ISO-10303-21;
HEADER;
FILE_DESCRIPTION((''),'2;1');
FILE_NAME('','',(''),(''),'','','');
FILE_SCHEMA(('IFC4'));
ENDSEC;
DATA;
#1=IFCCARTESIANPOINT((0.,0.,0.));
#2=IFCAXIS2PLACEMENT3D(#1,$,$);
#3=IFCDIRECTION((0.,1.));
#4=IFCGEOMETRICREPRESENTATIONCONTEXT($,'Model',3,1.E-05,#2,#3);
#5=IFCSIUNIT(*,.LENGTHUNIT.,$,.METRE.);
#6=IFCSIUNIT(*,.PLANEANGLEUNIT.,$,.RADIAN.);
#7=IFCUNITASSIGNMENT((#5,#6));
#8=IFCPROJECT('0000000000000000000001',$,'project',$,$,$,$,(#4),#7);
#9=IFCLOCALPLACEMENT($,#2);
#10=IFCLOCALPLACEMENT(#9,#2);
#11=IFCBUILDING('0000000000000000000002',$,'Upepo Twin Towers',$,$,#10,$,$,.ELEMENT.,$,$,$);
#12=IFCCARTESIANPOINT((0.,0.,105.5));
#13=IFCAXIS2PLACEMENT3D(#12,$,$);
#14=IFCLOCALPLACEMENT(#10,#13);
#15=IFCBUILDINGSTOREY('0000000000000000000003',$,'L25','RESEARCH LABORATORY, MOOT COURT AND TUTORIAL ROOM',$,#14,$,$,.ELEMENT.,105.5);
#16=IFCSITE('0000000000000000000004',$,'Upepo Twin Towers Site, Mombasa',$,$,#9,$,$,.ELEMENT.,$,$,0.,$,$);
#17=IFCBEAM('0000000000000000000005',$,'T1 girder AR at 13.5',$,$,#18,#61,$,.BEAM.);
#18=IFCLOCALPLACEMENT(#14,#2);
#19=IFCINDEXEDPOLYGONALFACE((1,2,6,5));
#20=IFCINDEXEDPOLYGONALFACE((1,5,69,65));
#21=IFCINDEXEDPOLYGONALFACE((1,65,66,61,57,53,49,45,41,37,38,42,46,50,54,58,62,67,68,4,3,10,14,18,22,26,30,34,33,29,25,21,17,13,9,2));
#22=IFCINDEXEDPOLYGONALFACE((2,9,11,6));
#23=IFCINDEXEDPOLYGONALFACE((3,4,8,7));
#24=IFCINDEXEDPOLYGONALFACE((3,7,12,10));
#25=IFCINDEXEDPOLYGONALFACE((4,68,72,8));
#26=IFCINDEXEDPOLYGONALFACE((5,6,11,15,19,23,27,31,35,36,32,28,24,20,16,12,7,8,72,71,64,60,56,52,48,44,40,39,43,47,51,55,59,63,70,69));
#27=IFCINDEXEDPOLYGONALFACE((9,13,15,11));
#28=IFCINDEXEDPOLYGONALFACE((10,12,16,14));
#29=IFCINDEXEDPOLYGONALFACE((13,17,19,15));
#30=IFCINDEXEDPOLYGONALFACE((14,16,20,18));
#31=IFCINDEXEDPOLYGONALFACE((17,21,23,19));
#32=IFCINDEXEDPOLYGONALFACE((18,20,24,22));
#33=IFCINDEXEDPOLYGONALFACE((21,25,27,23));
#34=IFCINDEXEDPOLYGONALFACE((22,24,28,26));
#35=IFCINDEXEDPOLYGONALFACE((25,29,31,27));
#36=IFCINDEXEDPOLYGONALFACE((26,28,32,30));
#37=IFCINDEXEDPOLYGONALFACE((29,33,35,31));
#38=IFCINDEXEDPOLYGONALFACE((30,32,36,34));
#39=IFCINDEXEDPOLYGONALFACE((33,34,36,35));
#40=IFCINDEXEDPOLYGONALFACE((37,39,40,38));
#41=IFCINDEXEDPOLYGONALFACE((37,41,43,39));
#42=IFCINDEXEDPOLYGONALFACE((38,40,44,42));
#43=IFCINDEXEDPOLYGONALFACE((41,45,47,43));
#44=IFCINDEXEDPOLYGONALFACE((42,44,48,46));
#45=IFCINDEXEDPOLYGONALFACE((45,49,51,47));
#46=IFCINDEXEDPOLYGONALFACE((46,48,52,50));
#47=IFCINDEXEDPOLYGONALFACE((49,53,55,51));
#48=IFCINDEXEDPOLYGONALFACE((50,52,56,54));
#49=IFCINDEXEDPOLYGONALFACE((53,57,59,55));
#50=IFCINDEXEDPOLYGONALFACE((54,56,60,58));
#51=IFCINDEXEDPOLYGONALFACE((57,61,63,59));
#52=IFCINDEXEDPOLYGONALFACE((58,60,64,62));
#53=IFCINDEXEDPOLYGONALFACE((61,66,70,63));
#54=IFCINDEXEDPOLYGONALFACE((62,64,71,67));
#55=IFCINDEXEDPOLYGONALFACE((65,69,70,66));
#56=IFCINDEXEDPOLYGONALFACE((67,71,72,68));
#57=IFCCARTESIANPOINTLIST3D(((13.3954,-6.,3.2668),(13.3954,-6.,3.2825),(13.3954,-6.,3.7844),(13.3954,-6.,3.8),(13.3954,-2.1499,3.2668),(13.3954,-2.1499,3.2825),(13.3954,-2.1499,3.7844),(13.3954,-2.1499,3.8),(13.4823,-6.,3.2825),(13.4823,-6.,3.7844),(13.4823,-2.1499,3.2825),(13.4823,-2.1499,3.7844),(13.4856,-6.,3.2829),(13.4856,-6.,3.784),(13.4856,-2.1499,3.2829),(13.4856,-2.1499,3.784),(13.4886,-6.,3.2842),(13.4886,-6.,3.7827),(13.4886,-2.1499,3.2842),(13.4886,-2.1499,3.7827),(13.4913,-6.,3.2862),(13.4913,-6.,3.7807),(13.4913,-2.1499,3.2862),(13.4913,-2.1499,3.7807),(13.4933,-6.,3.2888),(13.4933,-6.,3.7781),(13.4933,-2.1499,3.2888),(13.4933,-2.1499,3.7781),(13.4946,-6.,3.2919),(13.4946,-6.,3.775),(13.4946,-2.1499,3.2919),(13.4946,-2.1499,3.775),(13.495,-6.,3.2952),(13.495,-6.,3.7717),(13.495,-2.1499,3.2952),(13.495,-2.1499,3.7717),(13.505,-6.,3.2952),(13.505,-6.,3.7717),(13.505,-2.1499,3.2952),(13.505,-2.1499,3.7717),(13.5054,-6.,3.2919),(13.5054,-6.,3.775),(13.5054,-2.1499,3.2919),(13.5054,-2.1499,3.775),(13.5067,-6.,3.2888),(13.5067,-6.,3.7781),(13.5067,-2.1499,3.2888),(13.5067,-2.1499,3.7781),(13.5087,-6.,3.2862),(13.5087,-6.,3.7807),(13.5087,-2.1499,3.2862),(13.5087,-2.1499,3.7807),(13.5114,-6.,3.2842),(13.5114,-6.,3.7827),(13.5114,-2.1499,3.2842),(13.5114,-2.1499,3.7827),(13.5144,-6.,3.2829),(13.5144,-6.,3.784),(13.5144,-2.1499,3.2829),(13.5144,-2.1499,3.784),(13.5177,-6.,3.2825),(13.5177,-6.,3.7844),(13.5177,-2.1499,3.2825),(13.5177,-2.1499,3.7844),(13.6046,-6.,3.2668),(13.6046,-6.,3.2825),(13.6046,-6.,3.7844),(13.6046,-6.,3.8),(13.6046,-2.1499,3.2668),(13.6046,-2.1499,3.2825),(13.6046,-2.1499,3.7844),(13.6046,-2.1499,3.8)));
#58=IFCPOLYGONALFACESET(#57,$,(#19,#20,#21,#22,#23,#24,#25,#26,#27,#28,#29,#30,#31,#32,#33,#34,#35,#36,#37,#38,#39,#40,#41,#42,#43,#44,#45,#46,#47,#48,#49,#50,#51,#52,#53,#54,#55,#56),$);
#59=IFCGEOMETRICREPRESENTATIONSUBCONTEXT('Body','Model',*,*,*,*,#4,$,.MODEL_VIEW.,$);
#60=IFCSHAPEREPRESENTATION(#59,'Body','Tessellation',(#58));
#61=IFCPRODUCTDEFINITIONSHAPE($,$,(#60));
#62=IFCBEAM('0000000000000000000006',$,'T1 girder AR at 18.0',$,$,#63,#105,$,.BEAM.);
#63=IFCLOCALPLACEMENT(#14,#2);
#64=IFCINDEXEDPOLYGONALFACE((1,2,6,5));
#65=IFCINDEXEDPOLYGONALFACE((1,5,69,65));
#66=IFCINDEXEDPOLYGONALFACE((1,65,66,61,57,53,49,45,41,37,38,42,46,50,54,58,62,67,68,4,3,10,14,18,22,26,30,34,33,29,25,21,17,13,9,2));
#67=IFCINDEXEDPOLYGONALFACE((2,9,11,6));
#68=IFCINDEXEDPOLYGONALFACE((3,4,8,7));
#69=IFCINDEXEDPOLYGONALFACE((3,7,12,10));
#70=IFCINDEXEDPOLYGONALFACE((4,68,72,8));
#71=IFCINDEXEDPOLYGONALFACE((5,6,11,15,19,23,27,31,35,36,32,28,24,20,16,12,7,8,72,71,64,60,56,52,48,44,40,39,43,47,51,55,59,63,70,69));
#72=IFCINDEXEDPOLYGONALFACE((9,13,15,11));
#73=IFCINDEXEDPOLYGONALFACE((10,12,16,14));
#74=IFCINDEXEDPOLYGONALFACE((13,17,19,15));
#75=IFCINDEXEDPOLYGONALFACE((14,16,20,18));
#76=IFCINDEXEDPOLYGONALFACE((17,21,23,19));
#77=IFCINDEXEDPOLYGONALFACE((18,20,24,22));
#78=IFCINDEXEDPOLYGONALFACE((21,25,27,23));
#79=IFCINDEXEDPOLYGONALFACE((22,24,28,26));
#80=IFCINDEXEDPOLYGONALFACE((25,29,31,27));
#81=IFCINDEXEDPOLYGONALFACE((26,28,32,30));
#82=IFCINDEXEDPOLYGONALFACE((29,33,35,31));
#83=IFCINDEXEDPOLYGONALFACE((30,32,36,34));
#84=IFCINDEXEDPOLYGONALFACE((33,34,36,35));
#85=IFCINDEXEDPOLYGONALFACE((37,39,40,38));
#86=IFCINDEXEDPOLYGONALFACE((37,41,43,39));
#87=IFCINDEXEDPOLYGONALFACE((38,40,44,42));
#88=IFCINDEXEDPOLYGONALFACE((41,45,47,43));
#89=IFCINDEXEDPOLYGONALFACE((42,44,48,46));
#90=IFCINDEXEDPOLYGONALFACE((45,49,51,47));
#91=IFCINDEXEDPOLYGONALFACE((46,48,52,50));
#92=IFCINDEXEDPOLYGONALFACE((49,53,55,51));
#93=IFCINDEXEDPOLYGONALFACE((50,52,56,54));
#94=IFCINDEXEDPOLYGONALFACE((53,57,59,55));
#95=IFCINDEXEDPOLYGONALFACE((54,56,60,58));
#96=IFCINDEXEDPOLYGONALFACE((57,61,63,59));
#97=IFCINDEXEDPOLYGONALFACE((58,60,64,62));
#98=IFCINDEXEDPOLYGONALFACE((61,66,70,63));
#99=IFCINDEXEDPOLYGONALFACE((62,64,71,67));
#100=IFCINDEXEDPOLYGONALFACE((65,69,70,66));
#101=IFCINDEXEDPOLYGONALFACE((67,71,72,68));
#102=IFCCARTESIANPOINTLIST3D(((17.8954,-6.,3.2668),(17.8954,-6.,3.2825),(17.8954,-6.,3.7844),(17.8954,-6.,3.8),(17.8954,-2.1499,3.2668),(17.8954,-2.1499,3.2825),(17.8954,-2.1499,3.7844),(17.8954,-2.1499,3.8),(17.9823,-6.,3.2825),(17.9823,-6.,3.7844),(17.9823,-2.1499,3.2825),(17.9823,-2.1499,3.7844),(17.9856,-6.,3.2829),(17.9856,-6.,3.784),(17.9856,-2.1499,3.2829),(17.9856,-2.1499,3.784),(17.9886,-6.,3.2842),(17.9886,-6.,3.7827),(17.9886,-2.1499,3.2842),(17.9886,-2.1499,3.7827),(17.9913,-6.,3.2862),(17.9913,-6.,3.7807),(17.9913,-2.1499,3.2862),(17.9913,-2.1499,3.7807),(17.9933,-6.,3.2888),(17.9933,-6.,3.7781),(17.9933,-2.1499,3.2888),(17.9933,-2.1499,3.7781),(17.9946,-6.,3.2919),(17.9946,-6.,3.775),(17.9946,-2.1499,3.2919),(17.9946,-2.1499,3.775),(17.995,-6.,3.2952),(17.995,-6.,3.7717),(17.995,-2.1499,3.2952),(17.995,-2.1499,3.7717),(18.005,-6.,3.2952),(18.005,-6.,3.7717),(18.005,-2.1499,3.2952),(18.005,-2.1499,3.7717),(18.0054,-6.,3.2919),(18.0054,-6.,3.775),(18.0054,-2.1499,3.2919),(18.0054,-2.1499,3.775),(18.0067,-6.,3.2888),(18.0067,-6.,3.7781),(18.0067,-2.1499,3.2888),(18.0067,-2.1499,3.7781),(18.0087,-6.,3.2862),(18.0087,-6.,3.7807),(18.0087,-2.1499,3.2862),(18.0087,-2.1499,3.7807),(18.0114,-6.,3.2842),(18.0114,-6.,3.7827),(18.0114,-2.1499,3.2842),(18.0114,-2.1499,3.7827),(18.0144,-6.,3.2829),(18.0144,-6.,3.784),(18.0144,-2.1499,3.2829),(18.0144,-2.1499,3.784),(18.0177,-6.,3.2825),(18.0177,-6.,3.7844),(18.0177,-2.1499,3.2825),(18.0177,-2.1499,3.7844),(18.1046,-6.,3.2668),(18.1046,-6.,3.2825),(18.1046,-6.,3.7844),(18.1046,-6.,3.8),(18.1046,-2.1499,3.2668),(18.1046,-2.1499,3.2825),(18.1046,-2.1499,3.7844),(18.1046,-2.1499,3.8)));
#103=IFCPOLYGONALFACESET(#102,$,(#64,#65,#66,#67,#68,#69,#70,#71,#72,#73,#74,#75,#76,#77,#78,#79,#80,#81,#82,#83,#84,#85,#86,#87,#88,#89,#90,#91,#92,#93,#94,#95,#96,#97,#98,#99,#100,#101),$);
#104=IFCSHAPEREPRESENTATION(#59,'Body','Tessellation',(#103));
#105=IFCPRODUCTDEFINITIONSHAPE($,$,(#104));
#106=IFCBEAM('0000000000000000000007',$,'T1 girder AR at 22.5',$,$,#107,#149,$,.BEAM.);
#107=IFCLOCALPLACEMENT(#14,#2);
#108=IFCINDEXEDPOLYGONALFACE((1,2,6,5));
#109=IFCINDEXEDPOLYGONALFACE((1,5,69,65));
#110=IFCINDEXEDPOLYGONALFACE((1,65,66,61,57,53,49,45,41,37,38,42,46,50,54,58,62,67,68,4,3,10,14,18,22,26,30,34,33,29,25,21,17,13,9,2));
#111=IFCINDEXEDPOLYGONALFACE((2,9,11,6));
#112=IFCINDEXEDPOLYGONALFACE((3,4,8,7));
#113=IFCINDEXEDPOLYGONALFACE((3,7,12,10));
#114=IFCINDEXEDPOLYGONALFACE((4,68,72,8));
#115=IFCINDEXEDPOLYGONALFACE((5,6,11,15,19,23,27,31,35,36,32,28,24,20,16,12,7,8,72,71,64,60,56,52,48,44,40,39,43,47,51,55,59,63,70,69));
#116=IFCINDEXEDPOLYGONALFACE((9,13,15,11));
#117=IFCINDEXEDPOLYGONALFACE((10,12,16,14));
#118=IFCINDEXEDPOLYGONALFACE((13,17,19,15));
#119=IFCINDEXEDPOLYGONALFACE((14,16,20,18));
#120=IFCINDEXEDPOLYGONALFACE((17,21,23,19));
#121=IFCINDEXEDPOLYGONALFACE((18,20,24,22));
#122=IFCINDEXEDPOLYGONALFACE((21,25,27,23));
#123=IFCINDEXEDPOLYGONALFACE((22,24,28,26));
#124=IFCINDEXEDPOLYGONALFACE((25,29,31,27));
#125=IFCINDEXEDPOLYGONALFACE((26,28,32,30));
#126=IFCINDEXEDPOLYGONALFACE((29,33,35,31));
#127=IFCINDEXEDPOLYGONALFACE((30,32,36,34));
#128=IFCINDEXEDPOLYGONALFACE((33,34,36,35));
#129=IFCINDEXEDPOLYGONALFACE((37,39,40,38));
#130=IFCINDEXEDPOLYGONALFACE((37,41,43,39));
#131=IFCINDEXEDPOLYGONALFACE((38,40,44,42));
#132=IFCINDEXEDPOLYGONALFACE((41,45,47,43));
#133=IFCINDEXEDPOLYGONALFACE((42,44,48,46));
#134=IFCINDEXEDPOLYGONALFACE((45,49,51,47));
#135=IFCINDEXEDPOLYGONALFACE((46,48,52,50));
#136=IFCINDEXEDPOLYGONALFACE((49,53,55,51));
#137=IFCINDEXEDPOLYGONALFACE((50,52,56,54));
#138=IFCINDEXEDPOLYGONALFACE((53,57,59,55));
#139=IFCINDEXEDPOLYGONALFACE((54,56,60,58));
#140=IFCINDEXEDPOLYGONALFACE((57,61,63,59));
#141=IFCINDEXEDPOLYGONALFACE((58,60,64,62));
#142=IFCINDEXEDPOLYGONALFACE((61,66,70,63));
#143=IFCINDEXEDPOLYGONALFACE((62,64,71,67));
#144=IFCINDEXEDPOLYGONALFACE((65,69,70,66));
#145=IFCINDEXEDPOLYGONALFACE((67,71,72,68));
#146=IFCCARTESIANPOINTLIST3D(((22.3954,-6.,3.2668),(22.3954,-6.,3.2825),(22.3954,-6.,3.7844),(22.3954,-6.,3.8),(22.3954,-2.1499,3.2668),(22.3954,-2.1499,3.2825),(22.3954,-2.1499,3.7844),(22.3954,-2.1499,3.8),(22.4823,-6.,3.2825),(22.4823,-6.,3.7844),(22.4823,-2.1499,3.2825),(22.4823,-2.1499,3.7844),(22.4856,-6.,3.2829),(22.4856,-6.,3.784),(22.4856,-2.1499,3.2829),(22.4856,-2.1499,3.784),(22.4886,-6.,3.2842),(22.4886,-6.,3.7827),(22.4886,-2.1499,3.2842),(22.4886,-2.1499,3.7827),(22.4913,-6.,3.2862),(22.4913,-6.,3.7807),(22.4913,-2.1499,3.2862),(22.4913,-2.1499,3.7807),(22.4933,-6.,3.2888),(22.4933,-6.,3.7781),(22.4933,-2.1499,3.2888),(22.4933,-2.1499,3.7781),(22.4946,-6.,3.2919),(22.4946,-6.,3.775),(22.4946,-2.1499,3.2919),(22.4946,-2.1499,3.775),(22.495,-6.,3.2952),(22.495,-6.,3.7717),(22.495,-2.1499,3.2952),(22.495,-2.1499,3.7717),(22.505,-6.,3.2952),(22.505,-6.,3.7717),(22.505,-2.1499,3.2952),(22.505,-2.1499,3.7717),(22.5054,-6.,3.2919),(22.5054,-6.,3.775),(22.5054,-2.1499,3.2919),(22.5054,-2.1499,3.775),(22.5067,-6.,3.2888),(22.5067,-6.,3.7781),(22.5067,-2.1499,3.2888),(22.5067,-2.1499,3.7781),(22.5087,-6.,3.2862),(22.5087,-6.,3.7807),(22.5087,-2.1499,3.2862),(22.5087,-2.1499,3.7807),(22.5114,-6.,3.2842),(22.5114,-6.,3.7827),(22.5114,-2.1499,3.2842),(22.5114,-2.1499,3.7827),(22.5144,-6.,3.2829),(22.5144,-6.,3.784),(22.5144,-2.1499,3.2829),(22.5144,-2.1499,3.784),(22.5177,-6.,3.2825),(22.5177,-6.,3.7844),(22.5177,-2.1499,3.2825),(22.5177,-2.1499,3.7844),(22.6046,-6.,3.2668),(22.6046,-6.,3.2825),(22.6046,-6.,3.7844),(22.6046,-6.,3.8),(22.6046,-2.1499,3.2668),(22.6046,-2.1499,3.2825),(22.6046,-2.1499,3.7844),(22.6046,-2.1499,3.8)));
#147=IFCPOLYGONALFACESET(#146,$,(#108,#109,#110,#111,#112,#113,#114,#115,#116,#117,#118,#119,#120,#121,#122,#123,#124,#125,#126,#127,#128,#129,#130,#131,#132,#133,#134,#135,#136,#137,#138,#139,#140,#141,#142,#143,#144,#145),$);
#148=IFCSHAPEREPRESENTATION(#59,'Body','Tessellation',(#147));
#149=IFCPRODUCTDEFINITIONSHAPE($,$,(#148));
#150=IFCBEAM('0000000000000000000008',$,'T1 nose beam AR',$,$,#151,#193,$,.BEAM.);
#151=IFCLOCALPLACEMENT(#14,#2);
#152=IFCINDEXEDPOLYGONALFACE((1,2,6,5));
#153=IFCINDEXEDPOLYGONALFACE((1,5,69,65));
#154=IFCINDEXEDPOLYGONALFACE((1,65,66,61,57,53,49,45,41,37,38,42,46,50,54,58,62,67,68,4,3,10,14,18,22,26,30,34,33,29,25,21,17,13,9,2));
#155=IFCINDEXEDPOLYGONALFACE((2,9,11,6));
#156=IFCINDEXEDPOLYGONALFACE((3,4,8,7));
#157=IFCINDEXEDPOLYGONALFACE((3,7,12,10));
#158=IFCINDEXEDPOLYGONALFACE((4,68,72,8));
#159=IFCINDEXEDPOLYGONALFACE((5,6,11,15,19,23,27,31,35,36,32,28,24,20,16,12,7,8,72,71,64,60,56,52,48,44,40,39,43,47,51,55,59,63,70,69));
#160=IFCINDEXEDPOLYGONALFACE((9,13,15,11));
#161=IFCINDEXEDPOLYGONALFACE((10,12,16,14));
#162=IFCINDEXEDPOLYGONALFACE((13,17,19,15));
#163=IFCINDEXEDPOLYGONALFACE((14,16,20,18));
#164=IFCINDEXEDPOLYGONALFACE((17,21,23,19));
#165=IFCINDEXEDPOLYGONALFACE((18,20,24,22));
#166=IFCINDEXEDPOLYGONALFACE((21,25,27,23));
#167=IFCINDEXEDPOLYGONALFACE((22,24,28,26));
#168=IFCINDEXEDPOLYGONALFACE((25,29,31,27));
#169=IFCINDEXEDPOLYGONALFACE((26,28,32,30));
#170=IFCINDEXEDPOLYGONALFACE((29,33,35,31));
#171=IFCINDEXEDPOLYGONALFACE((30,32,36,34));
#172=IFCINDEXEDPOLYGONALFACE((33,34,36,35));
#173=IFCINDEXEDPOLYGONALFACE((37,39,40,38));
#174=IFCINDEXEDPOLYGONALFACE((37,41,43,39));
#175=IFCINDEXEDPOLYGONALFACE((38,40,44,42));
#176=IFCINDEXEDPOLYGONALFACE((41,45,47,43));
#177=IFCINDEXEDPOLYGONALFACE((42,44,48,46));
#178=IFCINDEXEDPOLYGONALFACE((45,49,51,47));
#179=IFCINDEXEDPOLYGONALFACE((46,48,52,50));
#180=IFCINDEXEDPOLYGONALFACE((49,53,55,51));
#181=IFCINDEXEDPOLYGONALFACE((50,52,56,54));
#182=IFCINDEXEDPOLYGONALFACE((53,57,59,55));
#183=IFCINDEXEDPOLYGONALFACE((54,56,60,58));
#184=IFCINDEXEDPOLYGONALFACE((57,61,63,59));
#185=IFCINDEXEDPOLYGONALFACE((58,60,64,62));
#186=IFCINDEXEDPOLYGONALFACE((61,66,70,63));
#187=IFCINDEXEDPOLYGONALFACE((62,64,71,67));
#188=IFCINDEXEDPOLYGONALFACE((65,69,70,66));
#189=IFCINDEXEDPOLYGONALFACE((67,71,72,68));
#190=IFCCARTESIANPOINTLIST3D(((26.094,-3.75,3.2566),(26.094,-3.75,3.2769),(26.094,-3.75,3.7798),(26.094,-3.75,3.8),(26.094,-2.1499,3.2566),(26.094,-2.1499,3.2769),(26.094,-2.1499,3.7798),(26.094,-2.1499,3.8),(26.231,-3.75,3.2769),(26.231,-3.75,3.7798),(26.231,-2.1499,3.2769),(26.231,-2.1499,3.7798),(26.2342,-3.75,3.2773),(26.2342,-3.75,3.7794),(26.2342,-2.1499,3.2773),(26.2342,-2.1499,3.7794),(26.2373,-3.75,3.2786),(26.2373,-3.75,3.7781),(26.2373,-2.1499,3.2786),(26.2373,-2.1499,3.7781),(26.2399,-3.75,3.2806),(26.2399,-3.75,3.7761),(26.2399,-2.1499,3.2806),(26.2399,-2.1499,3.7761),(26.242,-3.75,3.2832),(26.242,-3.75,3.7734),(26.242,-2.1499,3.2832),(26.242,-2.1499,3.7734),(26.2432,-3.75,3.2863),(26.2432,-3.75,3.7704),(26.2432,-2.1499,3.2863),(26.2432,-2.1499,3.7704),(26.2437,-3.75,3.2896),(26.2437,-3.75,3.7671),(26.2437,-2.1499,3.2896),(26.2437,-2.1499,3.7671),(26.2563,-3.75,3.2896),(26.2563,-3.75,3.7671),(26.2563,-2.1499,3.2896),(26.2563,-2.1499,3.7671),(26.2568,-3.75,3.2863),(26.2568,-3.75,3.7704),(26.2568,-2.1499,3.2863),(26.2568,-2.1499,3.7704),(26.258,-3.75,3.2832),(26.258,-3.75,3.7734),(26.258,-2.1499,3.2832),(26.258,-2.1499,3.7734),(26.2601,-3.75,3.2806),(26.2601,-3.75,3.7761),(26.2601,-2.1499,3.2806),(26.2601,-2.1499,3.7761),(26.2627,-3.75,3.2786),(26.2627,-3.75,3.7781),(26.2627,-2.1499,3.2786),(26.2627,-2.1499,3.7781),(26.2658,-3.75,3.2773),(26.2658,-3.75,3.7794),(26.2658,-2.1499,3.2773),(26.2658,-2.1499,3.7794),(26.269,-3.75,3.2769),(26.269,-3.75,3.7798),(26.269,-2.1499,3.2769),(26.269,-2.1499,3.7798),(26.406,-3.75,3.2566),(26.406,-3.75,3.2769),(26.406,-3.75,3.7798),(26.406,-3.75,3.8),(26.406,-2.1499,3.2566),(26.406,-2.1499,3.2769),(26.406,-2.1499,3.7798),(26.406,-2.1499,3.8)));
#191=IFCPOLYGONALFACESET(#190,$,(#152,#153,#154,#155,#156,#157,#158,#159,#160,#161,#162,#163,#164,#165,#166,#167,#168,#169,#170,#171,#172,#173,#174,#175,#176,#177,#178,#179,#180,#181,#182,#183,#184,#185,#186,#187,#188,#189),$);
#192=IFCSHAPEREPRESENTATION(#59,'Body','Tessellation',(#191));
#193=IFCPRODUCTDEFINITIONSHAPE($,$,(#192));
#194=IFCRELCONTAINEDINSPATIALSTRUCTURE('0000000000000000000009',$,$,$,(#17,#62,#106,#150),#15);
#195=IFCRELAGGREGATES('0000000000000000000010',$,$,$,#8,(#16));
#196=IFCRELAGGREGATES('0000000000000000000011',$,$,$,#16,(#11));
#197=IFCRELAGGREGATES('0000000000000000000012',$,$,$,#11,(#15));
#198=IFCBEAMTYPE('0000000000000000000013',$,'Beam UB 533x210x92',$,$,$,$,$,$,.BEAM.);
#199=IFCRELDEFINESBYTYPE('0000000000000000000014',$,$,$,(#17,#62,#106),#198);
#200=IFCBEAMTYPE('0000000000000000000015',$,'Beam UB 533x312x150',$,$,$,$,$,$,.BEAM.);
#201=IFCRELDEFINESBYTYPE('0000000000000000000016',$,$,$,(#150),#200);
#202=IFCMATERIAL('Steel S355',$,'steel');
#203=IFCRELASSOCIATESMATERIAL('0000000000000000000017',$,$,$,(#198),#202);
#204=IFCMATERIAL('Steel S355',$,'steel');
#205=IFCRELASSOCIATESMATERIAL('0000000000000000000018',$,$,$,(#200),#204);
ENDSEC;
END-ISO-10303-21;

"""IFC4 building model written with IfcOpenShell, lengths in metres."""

from ifc_helpers import new_model, si_unit, direction, frame, origin, origin_2d, place, context, subcontext, project, spatial, i_section, extrude, material, material_profile, profile_set, type_object, element, save


model = new_model("IFC4")

# Units and contexts
model_context = context("Model", 3, precision=1e-05, world=origin(), true_north=direction((0.0, 1.0)))
body_context = subcontext(model_context, "Body", "Model", "MODEL_VIEW")
ifc_project = project(units=[si_unit("LENGTHUNIT", "METRE"), si_unit("PLANEANGLEUNIT", "RADIAN")], contexts=[model_context])

# Site, building, storey
site_placement = place(None, origin())
site = spatial("IfcSite", under=ifc_project, at=site_placement, Name="Upepo Twin Towers Site, Mombasa", CompositionType="ELEMENT", RefElevation=0.0)
building_placement = place(site_placement, origin())
building = spatial("IfcBuilding", under=site, at=building_placement, Name="Upepo Twin Towers", CompositionType="ELEMENT")
storey_placement = place(building_placement, frame((0.0, 0.0, 105.5)))
storey = spatial("IfcBuildingStorey", under=building, at=storey_placement, Name="L25", Description="RESEARCH LABORATORY, MOOT COURT AND TUTORIAL ROOM", CompositionType="ELEMENT", Elevation=105.5)

# Beams
ifc_material_1 = material(Name="Steel S355", Category="steel")
ifc_material_profile_1 = material_profile(ifc_material_1, i_section(OverallWidth=0.2092, OverallDepth=0.5332, WebThickness=0.01, FlangeThickness=0.0156, FilletRadius=0.0127, at=origin_2d()), Name="UB 533x210x92")
ifc_profile_set_1 = profile_set([ifc_material_profile_1], Name="Steel S355")
beam_type_1 = type_object("IfcBeamType", Name="Beam UB 533x210x92", PredefinedType="BEAM", material=ifc_profile_set_1)
for number, where, z_axis, x_axis, name in (
    (1, (13.5, -6.0, 3.5334), (0.0, 1.0, 0.0), (-1.0, 0.0, 0.0), "T1 girder AR at 13.5"),
    (2, (18.0, -6.0, 3.5334), (0.0, 1.0, 0.0), (-1.0, 0.0, 0.0), "T1 girder AR at 18.0"),
    (3, (22.5, -6.0, 3.5334), (0.0, 1.0, 0.0), (-1.0, 0.0, 0.0), "T1 girder AR at 22.5"),
):
    element("IfcBeam", number, at=place(storey_placement, frame(where, z_axis=z_axis, x_axis=x_axis)), inside=storey, type_object=beam_type_1, Name=name, PredefinedType="BEAM", context=body_context, shape_type="SweptSolid", body=[
        extrude(i_section(OverallWidth=0.2092, OverallDepth=0.5332, WebThickness=0.01, FlangeThickness=0.0156, FilletRadius=0.0127, at=origin_2d()), origin(), (0.0, 0.0, 1.0), 3.8501),
    ])
ifc_material_2 = material(Name="Steel S355", Category="steel")
ifc_material_profile_2 = material_profile(ifc_material_2, i_section(OverallWidth=0.312, OverallDepth=0.5435, WebThickness=0.0127, FlangeThickness=0.0203, FilletRadius=0.0127, at=origin_2d()), Name="UB 533x312x150")
ifc_profile_set_2 = profile_set([ifc_material_profile_2], Name="Steel S355")
beam_type_2 = type_object("IfcBeamType", Name="Beam UB 533x312x150", PredefinedType="BEAM", material=ifc_profile_set_2)
beam_1_placement = place(storey_placement, frame((26.25, -3.75, 3.5283), z_axis=(0.0, 1.0, 0.0), x_axis=(-1.0, 0.0, 0.0)))
element("IfcBeam", 4, at=beam_1_placement, inside=storey, type_object=beam_type_2, Name="T1 nose beam AR", PredefinedType="BEAM", context=body_context, shape_type="SweptSolid", body=[
    extrude(i_section(OverallWidth=0.312, OverallDepth=0.5435, WebThickness=0.0127, FlangeThickness=0.0203, FilletRadius=0.0127, at=origin_2d()), origin(), (0.0, 0.0, 1.0), 1.6001),
])

save(model, "model.ifc")
